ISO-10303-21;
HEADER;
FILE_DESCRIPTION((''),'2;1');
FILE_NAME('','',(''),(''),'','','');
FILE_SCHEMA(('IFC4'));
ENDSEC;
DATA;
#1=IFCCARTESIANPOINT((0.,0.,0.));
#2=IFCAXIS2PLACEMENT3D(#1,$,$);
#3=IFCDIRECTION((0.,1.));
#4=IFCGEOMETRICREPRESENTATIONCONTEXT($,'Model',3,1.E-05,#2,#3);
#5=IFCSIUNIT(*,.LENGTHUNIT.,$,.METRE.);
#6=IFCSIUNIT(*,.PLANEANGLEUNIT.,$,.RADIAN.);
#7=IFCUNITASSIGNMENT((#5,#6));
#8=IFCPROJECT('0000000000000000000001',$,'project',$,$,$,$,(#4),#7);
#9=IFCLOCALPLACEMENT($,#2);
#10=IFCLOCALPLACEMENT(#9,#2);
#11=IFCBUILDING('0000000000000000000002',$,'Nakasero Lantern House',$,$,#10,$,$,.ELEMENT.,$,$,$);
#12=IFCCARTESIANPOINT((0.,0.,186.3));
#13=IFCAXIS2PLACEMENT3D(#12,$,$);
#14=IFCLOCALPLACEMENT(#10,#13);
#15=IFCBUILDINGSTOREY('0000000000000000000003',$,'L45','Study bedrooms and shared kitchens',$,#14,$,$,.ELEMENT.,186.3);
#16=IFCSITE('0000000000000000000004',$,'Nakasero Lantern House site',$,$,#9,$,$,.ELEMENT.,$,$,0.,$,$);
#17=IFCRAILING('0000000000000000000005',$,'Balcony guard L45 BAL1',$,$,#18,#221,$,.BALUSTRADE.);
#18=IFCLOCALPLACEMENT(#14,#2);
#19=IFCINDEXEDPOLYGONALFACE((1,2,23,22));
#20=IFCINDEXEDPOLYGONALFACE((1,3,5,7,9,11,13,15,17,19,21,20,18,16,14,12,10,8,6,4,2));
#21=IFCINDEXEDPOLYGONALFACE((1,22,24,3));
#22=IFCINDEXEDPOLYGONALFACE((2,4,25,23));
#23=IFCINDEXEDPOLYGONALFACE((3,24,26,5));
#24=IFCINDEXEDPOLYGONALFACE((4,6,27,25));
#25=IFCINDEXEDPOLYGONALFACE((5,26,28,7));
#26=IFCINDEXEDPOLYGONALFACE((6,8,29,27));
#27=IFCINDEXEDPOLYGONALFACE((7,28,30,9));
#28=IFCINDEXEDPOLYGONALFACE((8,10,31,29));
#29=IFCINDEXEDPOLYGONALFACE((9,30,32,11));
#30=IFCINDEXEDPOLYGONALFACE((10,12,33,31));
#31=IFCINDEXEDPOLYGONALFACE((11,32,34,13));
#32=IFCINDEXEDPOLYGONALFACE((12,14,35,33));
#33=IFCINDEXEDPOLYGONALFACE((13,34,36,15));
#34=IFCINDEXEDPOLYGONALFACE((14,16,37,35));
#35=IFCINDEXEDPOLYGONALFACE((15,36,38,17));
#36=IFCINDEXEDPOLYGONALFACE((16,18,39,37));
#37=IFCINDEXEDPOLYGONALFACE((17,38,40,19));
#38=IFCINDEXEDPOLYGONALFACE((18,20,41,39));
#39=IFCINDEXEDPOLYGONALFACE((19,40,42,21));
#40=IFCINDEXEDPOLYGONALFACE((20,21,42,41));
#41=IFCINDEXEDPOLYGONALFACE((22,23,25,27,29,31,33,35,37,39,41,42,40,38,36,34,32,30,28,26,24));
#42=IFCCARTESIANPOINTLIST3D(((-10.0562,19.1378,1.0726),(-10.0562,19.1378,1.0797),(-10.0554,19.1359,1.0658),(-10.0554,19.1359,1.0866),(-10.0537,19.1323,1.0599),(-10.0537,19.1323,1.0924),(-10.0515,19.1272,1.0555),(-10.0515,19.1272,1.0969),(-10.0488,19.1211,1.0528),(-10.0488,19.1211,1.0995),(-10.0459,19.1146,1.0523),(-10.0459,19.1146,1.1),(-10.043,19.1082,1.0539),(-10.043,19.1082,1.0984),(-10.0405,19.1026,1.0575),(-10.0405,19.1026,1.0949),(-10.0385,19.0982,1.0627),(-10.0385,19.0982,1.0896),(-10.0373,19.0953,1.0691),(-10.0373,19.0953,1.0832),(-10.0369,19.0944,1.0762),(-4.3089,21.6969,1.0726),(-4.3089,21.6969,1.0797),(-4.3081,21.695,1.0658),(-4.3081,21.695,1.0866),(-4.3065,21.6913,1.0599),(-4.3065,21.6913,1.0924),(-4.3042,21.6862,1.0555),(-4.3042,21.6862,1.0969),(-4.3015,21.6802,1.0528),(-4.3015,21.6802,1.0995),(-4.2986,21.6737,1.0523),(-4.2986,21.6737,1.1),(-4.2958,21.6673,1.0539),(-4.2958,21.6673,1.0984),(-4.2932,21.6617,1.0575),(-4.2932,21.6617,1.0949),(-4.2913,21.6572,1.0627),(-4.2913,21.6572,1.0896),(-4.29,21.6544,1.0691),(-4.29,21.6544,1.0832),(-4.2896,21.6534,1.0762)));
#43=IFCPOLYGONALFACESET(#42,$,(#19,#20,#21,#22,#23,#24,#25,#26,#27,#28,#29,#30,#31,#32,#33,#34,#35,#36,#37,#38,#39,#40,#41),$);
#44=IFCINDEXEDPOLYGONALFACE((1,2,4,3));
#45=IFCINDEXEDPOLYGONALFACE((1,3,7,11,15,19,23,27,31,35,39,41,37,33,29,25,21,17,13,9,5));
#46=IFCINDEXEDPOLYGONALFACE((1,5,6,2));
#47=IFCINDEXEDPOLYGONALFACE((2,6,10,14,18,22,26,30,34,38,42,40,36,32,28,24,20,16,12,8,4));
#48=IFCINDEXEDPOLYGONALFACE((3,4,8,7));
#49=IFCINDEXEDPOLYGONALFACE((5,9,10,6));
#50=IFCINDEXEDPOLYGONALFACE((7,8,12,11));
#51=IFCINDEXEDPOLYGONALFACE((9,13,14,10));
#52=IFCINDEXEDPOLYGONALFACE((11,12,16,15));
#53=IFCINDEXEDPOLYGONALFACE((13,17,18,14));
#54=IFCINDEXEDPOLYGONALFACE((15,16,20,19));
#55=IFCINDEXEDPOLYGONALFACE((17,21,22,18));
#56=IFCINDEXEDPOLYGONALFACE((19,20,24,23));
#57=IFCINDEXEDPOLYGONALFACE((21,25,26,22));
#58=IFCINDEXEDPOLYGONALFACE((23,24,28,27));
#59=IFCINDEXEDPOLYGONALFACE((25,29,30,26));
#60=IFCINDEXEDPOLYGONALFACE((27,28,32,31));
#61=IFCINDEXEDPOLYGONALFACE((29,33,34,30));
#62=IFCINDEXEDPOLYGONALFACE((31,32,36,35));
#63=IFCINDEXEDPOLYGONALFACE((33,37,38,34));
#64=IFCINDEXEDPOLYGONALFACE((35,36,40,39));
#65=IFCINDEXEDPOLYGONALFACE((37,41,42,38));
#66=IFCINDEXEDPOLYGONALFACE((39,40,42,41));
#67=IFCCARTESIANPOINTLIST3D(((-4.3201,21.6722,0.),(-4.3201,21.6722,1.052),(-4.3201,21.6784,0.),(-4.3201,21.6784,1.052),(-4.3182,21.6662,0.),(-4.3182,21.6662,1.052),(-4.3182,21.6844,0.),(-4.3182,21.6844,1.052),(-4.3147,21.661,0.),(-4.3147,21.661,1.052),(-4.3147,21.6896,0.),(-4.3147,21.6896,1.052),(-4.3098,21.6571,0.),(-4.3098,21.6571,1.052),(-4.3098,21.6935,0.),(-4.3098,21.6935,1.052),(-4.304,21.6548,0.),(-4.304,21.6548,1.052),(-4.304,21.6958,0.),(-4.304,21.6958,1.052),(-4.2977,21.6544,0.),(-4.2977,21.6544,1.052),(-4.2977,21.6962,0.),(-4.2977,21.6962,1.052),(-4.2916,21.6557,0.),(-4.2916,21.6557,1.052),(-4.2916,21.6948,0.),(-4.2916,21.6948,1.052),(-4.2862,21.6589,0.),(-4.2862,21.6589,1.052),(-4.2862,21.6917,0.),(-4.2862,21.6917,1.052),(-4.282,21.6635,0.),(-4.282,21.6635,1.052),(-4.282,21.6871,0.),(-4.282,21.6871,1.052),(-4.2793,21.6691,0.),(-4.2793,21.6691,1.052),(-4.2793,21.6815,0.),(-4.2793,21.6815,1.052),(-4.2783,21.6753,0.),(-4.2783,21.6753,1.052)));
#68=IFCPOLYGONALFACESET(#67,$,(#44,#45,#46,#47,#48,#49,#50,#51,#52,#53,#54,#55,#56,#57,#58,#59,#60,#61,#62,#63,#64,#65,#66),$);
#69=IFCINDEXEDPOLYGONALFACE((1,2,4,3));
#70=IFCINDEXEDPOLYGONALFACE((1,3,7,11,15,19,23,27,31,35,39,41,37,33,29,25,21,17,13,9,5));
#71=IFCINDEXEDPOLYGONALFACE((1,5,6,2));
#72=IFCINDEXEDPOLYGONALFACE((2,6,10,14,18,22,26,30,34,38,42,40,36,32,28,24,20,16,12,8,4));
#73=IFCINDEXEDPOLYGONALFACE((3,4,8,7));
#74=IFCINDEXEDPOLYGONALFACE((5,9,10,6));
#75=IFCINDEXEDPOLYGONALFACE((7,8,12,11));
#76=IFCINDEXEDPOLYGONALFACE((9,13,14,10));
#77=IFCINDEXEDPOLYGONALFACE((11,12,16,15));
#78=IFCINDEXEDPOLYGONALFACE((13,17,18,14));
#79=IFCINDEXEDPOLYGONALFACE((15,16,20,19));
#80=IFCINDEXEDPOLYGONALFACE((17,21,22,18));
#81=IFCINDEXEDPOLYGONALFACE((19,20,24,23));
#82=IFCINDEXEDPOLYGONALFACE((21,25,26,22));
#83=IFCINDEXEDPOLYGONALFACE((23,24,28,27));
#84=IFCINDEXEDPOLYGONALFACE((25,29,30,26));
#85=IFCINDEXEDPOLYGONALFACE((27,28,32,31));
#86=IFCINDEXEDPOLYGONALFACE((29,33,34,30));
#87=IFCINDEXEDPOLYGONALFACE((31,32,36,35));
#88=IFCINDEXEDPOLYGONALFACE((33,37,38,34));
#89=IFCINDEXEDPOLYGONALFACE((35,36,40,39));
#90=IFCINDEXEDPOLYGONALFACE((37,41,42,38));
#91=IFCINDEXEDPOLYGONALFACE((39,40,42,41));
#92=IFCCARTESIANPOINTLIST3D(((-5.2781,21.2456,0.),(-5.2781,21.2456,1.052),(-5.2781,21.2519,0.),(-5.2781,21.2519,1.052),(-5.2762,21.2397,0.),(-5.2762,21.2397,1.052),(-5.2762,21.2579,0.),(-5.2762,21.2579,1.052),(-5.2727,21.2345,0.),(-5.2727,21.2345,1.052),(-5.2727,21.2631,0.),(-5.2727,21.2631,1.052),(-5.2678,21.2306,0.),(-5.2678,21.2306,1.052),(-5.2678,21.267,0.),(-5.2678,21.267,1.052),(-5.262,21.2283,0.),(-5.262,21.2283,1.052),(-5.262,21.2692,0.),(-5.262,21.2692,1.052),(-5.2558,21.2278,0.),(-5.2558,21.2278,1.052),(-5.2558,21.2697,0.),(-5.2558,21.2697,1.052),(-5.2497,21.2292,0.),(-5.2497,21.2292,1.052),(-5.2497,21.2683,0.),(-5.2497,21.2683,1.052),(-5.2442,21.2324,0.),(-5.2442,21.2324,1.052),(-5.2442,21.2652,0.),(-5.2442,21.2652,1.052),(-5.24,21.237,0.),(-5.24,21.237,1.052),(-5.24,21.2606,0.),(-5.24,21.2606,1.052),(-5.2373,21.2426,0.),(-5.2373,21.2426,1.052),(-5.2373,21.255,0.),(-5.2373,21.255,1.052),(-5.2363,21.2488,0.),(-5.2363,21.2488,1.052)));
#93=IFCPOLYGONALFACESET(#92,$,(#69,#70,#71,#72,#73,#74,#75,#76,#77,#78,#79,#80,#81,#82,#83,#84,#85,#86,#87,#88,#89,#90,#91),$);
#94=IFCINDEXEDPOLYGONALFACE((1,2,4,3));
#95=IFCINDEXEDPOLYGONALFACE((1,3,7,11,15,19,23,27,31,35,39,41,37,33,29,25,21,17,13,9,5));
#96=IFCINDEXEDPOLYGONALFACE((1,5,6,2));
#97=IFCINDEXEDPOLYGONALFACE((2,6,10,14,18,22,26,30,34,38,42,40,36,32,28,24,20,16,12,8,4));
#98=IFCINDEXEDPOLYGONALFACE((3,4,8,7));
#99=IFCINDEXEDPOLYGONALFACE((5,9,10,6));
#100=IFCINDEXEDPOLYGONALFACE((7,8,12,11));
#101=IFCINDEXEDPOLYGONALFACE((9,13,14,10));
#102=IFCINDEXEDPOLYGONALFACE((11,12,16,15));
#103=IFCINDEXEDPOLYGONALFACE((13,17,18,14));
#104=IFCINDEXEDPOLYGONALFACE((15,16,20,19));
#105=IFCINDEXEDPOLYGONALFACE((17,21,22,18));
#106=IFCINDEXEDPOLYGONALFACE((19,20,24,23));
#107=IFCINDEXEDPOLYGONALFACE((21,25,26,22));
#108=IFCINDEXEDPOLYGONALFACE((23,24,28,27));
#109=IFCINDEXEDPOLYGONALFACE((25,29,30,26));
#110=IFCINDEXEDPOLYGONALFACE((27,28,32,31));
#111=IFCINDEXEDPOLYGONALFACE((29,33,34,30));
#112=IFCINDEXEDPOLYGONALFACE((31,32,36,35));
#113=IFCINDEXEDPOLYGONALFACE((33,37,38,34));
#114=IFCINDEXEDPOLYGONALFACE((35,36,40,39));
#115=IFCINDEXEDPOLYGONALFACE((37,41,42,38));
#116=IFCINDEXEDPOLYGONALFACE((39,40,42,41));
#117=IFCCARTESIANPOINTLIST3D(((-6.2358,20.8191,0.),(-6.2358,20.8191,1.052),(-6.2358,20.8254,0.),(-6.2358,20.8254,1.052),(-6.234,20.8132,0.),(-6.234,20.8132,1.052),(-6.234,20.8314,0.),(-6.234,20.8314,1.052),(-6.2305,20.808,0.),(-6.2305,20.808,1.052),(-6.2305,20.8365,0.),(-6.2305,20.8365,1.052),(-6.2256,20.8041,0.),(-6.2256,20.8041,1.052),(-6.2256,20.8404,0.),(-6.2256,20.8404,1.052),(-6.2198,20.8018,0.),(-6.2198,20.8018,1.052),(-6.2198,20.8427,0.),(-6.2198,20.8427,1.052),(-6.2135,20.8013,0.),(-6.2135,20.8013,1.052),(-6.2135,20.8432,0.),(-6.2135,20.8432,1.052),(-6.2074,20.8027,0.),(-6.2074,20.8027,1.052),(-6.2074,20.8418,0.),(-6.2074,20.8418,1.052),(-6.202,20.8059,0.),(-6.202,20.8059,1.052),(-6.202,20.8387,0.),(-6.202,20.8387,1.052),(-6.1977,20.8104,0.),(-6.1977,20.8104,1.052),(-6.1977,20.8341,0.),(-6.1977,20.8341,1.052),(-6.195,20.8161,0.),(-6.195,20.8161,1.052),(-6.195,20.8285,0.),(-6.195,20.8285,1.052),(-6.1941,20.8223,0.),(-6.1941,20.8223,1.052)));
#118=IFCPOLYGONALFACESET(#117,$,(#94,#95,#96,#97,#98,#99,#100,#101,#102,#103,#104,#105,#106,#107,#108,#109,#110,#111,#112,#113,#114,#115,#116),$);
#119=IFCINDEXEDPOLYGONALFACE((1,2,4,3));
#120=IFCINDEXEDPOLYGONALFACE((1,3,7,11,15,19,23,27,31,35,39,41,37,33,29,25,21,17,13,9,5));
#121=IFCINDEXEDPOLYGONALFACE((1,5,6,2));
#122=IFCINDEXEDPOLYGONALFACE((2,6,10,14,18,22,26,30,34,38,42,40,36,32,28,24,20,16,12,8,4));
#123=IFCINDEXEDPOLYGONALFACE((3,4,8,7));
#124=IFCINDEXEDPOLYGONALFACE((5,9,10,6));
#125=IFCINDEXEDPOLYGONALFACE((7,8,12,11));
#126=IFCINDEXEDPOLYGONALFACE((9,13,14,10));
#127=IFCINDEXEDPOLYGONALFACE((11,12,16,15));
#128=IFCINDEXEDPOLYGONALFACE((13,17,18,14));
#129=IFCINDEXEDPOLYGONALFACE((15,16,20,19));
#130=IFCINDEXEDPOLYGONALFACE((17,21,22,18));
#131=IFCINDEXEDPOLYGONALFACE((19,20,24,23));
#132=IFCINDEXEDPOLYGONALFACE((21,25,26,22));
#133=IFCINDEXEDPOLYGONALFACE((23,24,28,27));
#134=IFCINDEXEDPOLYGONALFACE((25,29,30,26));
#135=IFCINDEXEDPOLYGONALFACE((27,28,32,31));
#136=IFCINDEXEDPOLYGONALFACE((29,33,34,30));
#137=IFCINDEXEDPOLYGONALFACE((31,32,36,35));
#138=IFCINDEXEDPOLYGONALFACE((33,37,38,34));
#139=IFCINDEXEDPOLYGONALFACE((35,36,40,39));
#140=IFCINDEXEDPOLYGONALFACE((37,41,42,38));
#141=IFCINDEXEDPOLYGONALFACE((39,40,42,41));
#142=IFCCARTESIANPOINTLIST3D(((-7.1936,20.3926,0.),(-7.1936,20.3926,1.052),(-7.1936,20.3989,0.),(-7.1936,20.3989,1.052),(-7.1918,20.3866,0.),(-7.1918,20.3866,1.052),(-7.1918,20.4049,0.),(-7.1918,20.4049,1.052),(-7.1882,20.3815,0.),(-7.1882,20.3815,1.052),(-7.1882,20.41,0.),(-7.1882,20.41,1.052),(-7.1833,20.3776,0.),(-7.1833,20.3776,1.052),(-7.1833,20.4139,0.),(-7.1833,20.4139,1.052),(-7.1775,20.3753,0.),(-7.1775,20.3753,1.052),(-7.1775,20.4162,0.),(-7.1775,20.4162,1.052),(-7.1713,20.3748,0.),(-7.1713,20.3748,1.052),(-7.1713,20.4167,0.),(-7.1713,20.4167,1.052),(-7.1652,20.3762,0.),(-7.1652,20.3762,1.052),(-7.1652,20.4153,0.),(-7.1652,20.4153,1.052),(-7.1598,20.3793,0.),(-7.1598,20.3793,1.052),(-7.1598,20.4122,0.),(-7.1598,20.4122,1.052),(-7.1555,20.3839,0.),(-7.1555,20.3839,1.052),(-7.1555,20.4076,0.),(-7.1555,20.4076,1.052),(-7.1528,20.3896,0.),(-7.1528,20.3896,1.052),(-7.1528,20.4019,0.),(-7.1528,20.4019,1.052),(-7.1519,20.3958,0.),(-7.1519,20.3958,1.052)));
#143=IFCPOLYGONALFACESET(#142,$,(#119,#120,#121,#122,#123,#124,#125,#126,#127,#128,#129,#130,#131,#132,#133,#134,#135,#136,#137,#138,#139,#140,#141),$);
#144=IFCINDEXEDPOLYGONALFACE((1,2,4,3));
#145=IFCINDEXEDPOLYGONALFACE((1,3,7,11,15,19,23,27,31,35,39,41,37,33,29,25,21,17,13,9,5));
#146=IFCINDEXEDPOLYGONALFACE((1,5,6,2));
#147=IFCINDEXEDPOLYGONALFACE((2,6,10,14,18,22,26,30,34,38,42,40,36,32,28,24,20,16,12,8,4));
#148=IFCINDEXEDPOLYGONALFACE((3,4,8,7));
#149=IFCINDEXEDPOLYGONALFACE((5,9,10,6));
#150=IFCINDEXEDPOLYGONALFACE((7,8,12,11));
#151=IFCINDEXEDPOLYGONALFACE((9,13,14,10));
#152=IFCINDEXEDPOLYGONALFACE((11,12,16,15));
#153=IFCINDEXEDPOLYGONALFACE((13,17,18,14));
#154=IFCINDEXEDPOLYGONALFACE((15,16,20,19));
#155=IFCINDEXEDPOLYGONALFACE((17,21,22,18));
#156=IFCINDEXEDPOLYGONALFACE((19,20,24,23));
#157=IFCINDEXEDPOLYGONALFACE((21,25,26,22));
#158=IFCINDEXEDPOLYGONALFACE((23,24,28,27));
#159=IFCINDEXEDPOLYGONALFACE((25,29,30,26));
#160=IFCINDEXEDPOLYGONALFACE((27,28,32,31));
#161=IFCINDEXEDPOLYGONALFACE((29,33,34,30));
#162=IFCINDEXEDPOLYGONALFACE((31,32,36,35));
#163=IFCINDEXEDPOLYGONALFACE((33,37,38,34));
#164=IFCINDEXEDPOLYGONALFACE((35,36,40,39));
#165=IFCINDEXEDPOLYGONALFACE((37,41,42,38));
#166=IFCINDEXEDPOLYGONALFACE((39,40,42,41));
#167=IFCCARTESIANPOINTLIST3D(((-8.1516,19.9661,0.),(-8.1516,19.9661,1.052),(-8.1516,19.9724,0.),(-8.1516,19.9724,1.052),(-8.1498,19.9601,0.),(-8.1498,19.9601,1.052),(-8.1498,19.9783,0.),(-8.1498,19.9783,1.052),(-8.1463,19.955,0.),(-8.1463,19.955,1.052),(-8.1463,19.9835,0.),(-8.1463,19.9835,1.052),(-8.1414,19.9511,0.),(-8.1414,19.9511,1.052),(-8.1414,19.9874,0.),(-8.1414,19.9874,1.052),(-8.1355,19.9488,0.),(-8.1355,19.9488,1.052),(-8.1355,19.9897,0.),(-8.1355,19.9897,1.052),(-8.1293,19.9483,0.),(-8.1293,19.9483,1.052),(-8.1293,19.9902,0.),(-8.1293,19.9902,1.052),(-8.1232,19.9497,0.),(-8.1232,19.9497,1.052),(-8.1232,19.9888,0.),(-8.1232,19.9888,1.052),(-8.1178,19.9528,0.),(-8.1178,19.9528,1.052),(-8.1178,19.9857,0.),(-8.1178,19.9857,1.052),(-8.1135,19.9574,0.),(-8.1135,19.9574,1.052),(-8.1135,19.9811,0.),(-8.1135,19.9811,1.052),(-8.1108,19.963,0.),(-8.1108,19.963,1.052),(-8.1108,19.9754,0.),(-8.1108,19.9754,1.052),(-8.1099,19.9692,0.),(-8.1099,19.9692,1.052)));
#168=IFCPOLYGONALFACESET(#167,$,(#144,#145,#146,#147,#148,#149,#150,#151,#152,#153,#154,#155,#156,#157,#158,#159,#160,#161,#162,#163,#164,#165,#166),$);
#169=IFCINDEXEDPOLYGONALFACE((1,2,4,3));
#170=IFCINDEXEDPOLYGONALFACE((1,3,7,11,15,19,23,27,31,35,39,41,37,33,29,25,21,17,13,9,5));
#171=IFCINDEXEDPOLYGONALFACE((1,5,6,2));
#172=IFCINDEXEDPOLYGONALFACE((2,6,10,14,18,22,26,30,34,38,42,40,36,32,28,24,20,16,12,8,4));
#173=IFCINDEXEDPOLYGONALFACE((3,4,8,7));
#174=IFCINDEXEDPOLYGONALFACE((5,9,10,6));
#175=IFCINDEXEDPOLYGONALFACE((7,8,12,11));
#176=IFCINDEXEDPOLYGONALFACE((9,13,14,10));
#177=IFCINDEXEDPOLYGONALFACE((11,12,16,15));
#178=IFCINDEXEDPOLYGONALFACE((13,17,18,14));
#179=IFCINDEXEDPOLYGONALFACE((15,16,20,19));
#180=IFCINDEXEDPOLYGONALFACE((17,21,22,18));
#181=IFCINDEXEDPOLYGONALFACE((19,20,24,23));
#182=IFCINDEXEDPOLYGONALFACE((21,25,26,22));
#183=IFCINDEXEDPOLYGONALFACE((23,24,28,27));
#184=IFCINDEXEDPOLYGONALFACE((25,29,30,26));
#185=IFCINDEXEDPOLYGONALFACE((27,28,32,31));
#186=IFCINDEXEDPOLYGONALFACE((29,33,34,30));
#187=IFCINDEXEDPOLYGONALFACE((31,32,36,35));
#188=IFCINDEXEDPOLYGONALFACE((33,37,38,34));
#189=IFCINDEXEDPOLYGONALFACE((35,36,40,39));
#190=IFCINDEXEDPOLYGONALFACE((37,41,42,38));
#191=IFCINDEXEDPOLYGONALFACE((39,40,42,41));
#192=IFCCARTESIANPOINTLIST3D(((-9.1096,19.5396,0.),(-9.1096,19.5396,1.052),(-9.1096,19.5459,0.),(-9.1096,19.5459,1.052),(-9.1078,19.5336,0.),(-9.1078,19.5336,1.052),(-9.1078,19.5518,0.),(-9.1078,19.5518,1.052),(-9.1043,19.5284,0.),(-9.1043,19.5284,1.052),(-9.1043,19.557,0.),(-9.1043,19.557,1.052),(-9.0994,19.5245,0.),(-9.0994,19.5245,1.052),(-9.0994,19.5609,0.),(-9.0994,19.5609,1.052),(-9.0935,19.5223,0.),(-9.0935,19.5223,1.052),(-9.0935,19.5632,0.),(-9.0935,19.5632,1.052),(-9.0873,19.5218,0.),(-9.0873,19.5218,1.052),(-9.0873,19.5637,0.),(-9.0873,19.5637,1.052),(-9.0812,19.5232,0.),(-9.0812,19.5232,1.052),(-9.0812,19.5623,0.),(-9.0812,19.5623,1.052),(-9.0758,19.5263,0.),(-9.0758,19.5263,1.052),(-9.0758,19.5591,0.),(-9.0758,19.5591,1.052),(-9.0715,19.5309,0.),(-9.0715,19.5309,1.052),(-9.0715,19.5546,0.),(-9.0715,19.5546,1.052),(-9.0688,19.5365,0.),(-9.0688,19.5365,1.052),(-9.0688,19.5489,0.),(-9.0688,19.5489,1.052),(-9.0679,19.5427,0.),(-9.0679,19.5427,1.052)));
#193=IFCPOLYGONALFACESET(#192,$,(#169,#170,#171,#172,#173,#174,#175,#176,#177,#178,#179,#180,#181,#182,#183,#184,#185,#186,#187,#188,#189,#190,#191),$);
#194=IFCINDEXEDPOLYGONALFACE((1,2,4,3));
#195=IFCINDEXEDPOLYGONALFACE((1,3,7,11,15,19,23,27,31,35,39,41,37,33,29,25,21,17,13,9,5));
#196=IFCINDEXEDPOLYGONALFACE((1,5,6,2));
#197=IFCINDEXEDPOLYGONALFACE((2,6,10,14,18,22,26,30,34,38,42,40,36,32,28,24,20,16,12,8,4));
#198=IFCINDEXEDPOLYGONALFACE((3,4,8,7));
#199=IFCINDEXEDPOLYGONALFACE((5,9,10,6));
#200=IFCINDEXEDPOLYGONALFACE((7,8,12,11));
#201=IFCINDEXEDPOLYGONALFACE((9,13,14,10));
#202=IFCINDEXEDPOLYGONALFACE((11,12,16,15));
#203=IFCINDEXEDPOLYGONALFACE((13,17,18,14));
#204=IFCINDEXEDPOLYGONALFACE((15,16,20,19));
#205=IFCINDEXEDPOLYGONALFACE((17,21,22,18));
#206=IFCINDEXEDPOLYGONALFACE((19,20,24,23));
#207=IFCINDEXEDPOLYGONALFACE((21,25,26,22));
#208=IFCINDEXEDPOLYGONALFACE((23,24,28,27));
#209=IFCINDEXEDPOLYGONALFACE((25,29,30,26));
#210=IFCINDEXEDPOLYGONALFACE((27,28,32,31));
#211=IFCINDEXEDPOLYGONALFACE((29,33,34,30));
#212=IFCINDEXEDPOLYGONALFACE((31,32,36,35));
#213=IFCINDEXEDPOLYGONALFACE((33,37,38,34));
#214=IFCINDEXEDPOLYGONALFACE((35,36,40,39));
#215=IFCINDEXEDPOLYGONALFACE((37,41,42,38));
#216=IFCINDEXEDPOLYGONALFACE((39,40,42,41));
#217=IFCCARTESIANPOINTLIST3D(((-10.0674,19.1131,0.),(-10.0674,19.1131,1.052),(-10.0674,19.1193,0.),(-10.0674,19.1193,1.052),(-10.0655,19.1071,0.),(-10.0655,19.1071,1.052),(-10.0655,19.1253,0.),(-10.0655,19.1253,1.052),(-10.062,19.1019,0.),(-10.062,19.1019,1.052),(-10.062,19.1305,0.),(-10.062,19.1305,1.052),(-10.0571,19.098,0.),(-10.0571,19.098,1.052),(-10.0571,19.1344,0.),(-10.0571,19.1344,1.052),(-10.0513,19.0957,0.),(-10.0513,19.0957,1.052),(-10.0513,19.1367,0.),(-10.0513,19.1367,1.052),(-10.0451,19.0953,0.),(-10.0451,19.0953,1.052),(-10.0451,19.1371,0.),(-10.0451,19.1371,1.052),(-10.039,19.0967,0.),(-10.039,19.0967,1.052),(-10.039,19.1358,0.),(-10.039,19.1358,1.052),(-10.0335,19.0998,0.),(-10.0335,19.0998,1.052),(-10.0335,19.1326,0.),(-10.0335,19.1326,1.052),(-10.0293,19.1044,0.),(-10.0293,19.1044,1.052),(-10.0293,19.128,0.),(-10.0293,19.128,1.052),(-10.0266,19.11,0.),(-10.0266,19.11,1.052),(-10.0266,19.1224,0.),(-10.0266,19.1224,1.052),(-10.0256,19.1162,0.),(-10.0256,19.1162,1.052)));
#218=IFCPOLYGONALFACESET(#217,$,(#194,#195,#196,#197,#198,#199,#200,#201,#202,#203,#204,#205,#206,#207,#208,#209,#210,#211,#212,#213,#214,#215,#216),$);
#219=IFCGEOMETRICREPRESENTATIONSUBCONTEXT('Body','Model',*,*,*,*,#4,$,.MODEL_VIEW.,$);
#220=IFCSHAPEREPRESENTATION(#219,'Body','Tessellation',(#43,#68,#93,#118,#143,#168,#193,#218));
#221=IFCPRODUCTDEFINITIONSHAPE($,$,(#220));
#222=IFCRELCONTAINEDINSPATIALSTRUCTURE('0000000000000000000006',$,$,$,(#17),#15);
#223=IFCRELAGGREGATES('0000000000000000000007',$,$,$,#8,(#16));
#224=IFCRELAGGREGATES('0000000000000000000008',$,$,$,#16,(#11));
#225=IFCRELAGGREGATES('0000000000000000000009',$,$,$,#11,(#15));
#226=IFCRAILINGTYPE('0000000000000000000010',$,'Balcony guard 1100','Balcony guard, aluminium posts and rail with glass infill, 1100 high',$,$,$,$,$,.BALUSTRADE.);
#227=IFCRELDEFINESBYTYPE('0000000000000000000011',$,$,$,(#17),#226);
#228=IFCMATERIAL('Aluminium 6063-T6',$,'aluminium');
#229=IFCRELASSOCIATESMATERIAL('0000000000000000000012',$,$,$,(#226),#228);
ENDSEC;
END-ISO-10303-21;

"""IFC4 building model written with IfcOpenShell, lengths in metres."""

from ifc_helpers import new_model, si_unit, direction, frame, origin, origin_2d, place, context, subcontext, project, spatial, circle, extrude, material, type_object, element, save


model = new_model("IFC4")

# Units and contexts
model_context = context("Model", 3, precision=1e-05, world=origin(), true_north=direction((0.0, 1.0)))
body_context = subcontext(model_context, "Body", "Model", "MODEL_VIEW")
ifc_project = project(units=[si_unit("LENGTHUNIT", "METRE"), si_unit("PLANEANGLEUNIT", "RADIAN")], contexts=[model_context])

# Site, building, storey
site_placement = place(None, origin())
site = spatial("IfcSite", under=ifc_project, at=site_placement, Name="Nakasero Lantern House site", CompositionType="ELEMENT", RefElevation=0.0)
building_placement = place(site_placement, origin())
building = spatial("IfcBuilding", under=site, at=building_placement, Name="Nakasero Lantern House", CompositionType="ELEMENT")
storey_placement = place(building_placement, frame((0.0, 0.0, 186.3)))
storey = spatial("IfcBuildingStorey", under=building, at=storey_placement, Name="L45", Description="Study bedrooms and shared kitchens", CompositionType="ELEMENT", Elevation=186.3)

# Railing
ifc_material_1 = material(Name="Aluminium 6063-T6", Category="aluminium")
railing_type = type_object("IfcRailingType", Name="Balcony guard 1100", Description="Balcony guard, aluminium posts and rail with glass infill, 1100 high", PredefinedType="BALUSTRADE", material=ifc_material_1)
railing_placement = place(storey_placement, frame((-4.2993, 21.6753, 0.0)))
element("IfcRailing", 1, at=railing_placement, inside=storey, type_object=railing_type, Name="Balcony guard L45 BAL1", PredefinedType="BALUSTRADE", context=body_context, shape_type="SweptSolid", body=[
    extrude(circle(Radius=0.0239, at=origin_2d()), frame((0.0, 0.0, 1.0762), z_axis=(-0.913533, -0.406765, 0.0), x_axis=(0.406765, -0.913533, 0.0)), (0.0, 0.0, 1.0), 6.2913),
    extrude(circle(Radius=0.021, at=origin_2d()), origin(), (0.0, 0.0, 1.0), 1.052),
    extrude(circle(Radius=0.021, at=origin_2d()), frame((-0.958, -0.4265, 0.0)), (0.0, 0.0, 1.0), 1.052),
    extrude(circle(Radius=0.021, at=origin_2d()), frame((-1.9158, -0.853, 0.0)), (0.0, 0.0, 1.0), 1.052),
    extrude(circle(Radius=0.021, at=origin_2d()), frame((-2.8735, -1.2795, 0.0)), (0.0, 0.0, 1.0), 1.052),
    extrude(circle(Radius=0.021, at=origin_2d()), frame((-3.8315, -1.7061, 0.0)), (0.0, 0.0, 1.0), 1.052),
    extrude(circle(Radius=0.021, at=origin_2d()), frame((-4.7896, -2.1326, 0.0)), (0.0, 0.0, 1.0), 1.052),
    extrude(circle(Radius=0.021, at=origin_2d()), frame((-5.7473, -2.5591, 0.0)), (0.0, 0.0, 1.0), 1.052),
])

save(model, "model.ifc")
